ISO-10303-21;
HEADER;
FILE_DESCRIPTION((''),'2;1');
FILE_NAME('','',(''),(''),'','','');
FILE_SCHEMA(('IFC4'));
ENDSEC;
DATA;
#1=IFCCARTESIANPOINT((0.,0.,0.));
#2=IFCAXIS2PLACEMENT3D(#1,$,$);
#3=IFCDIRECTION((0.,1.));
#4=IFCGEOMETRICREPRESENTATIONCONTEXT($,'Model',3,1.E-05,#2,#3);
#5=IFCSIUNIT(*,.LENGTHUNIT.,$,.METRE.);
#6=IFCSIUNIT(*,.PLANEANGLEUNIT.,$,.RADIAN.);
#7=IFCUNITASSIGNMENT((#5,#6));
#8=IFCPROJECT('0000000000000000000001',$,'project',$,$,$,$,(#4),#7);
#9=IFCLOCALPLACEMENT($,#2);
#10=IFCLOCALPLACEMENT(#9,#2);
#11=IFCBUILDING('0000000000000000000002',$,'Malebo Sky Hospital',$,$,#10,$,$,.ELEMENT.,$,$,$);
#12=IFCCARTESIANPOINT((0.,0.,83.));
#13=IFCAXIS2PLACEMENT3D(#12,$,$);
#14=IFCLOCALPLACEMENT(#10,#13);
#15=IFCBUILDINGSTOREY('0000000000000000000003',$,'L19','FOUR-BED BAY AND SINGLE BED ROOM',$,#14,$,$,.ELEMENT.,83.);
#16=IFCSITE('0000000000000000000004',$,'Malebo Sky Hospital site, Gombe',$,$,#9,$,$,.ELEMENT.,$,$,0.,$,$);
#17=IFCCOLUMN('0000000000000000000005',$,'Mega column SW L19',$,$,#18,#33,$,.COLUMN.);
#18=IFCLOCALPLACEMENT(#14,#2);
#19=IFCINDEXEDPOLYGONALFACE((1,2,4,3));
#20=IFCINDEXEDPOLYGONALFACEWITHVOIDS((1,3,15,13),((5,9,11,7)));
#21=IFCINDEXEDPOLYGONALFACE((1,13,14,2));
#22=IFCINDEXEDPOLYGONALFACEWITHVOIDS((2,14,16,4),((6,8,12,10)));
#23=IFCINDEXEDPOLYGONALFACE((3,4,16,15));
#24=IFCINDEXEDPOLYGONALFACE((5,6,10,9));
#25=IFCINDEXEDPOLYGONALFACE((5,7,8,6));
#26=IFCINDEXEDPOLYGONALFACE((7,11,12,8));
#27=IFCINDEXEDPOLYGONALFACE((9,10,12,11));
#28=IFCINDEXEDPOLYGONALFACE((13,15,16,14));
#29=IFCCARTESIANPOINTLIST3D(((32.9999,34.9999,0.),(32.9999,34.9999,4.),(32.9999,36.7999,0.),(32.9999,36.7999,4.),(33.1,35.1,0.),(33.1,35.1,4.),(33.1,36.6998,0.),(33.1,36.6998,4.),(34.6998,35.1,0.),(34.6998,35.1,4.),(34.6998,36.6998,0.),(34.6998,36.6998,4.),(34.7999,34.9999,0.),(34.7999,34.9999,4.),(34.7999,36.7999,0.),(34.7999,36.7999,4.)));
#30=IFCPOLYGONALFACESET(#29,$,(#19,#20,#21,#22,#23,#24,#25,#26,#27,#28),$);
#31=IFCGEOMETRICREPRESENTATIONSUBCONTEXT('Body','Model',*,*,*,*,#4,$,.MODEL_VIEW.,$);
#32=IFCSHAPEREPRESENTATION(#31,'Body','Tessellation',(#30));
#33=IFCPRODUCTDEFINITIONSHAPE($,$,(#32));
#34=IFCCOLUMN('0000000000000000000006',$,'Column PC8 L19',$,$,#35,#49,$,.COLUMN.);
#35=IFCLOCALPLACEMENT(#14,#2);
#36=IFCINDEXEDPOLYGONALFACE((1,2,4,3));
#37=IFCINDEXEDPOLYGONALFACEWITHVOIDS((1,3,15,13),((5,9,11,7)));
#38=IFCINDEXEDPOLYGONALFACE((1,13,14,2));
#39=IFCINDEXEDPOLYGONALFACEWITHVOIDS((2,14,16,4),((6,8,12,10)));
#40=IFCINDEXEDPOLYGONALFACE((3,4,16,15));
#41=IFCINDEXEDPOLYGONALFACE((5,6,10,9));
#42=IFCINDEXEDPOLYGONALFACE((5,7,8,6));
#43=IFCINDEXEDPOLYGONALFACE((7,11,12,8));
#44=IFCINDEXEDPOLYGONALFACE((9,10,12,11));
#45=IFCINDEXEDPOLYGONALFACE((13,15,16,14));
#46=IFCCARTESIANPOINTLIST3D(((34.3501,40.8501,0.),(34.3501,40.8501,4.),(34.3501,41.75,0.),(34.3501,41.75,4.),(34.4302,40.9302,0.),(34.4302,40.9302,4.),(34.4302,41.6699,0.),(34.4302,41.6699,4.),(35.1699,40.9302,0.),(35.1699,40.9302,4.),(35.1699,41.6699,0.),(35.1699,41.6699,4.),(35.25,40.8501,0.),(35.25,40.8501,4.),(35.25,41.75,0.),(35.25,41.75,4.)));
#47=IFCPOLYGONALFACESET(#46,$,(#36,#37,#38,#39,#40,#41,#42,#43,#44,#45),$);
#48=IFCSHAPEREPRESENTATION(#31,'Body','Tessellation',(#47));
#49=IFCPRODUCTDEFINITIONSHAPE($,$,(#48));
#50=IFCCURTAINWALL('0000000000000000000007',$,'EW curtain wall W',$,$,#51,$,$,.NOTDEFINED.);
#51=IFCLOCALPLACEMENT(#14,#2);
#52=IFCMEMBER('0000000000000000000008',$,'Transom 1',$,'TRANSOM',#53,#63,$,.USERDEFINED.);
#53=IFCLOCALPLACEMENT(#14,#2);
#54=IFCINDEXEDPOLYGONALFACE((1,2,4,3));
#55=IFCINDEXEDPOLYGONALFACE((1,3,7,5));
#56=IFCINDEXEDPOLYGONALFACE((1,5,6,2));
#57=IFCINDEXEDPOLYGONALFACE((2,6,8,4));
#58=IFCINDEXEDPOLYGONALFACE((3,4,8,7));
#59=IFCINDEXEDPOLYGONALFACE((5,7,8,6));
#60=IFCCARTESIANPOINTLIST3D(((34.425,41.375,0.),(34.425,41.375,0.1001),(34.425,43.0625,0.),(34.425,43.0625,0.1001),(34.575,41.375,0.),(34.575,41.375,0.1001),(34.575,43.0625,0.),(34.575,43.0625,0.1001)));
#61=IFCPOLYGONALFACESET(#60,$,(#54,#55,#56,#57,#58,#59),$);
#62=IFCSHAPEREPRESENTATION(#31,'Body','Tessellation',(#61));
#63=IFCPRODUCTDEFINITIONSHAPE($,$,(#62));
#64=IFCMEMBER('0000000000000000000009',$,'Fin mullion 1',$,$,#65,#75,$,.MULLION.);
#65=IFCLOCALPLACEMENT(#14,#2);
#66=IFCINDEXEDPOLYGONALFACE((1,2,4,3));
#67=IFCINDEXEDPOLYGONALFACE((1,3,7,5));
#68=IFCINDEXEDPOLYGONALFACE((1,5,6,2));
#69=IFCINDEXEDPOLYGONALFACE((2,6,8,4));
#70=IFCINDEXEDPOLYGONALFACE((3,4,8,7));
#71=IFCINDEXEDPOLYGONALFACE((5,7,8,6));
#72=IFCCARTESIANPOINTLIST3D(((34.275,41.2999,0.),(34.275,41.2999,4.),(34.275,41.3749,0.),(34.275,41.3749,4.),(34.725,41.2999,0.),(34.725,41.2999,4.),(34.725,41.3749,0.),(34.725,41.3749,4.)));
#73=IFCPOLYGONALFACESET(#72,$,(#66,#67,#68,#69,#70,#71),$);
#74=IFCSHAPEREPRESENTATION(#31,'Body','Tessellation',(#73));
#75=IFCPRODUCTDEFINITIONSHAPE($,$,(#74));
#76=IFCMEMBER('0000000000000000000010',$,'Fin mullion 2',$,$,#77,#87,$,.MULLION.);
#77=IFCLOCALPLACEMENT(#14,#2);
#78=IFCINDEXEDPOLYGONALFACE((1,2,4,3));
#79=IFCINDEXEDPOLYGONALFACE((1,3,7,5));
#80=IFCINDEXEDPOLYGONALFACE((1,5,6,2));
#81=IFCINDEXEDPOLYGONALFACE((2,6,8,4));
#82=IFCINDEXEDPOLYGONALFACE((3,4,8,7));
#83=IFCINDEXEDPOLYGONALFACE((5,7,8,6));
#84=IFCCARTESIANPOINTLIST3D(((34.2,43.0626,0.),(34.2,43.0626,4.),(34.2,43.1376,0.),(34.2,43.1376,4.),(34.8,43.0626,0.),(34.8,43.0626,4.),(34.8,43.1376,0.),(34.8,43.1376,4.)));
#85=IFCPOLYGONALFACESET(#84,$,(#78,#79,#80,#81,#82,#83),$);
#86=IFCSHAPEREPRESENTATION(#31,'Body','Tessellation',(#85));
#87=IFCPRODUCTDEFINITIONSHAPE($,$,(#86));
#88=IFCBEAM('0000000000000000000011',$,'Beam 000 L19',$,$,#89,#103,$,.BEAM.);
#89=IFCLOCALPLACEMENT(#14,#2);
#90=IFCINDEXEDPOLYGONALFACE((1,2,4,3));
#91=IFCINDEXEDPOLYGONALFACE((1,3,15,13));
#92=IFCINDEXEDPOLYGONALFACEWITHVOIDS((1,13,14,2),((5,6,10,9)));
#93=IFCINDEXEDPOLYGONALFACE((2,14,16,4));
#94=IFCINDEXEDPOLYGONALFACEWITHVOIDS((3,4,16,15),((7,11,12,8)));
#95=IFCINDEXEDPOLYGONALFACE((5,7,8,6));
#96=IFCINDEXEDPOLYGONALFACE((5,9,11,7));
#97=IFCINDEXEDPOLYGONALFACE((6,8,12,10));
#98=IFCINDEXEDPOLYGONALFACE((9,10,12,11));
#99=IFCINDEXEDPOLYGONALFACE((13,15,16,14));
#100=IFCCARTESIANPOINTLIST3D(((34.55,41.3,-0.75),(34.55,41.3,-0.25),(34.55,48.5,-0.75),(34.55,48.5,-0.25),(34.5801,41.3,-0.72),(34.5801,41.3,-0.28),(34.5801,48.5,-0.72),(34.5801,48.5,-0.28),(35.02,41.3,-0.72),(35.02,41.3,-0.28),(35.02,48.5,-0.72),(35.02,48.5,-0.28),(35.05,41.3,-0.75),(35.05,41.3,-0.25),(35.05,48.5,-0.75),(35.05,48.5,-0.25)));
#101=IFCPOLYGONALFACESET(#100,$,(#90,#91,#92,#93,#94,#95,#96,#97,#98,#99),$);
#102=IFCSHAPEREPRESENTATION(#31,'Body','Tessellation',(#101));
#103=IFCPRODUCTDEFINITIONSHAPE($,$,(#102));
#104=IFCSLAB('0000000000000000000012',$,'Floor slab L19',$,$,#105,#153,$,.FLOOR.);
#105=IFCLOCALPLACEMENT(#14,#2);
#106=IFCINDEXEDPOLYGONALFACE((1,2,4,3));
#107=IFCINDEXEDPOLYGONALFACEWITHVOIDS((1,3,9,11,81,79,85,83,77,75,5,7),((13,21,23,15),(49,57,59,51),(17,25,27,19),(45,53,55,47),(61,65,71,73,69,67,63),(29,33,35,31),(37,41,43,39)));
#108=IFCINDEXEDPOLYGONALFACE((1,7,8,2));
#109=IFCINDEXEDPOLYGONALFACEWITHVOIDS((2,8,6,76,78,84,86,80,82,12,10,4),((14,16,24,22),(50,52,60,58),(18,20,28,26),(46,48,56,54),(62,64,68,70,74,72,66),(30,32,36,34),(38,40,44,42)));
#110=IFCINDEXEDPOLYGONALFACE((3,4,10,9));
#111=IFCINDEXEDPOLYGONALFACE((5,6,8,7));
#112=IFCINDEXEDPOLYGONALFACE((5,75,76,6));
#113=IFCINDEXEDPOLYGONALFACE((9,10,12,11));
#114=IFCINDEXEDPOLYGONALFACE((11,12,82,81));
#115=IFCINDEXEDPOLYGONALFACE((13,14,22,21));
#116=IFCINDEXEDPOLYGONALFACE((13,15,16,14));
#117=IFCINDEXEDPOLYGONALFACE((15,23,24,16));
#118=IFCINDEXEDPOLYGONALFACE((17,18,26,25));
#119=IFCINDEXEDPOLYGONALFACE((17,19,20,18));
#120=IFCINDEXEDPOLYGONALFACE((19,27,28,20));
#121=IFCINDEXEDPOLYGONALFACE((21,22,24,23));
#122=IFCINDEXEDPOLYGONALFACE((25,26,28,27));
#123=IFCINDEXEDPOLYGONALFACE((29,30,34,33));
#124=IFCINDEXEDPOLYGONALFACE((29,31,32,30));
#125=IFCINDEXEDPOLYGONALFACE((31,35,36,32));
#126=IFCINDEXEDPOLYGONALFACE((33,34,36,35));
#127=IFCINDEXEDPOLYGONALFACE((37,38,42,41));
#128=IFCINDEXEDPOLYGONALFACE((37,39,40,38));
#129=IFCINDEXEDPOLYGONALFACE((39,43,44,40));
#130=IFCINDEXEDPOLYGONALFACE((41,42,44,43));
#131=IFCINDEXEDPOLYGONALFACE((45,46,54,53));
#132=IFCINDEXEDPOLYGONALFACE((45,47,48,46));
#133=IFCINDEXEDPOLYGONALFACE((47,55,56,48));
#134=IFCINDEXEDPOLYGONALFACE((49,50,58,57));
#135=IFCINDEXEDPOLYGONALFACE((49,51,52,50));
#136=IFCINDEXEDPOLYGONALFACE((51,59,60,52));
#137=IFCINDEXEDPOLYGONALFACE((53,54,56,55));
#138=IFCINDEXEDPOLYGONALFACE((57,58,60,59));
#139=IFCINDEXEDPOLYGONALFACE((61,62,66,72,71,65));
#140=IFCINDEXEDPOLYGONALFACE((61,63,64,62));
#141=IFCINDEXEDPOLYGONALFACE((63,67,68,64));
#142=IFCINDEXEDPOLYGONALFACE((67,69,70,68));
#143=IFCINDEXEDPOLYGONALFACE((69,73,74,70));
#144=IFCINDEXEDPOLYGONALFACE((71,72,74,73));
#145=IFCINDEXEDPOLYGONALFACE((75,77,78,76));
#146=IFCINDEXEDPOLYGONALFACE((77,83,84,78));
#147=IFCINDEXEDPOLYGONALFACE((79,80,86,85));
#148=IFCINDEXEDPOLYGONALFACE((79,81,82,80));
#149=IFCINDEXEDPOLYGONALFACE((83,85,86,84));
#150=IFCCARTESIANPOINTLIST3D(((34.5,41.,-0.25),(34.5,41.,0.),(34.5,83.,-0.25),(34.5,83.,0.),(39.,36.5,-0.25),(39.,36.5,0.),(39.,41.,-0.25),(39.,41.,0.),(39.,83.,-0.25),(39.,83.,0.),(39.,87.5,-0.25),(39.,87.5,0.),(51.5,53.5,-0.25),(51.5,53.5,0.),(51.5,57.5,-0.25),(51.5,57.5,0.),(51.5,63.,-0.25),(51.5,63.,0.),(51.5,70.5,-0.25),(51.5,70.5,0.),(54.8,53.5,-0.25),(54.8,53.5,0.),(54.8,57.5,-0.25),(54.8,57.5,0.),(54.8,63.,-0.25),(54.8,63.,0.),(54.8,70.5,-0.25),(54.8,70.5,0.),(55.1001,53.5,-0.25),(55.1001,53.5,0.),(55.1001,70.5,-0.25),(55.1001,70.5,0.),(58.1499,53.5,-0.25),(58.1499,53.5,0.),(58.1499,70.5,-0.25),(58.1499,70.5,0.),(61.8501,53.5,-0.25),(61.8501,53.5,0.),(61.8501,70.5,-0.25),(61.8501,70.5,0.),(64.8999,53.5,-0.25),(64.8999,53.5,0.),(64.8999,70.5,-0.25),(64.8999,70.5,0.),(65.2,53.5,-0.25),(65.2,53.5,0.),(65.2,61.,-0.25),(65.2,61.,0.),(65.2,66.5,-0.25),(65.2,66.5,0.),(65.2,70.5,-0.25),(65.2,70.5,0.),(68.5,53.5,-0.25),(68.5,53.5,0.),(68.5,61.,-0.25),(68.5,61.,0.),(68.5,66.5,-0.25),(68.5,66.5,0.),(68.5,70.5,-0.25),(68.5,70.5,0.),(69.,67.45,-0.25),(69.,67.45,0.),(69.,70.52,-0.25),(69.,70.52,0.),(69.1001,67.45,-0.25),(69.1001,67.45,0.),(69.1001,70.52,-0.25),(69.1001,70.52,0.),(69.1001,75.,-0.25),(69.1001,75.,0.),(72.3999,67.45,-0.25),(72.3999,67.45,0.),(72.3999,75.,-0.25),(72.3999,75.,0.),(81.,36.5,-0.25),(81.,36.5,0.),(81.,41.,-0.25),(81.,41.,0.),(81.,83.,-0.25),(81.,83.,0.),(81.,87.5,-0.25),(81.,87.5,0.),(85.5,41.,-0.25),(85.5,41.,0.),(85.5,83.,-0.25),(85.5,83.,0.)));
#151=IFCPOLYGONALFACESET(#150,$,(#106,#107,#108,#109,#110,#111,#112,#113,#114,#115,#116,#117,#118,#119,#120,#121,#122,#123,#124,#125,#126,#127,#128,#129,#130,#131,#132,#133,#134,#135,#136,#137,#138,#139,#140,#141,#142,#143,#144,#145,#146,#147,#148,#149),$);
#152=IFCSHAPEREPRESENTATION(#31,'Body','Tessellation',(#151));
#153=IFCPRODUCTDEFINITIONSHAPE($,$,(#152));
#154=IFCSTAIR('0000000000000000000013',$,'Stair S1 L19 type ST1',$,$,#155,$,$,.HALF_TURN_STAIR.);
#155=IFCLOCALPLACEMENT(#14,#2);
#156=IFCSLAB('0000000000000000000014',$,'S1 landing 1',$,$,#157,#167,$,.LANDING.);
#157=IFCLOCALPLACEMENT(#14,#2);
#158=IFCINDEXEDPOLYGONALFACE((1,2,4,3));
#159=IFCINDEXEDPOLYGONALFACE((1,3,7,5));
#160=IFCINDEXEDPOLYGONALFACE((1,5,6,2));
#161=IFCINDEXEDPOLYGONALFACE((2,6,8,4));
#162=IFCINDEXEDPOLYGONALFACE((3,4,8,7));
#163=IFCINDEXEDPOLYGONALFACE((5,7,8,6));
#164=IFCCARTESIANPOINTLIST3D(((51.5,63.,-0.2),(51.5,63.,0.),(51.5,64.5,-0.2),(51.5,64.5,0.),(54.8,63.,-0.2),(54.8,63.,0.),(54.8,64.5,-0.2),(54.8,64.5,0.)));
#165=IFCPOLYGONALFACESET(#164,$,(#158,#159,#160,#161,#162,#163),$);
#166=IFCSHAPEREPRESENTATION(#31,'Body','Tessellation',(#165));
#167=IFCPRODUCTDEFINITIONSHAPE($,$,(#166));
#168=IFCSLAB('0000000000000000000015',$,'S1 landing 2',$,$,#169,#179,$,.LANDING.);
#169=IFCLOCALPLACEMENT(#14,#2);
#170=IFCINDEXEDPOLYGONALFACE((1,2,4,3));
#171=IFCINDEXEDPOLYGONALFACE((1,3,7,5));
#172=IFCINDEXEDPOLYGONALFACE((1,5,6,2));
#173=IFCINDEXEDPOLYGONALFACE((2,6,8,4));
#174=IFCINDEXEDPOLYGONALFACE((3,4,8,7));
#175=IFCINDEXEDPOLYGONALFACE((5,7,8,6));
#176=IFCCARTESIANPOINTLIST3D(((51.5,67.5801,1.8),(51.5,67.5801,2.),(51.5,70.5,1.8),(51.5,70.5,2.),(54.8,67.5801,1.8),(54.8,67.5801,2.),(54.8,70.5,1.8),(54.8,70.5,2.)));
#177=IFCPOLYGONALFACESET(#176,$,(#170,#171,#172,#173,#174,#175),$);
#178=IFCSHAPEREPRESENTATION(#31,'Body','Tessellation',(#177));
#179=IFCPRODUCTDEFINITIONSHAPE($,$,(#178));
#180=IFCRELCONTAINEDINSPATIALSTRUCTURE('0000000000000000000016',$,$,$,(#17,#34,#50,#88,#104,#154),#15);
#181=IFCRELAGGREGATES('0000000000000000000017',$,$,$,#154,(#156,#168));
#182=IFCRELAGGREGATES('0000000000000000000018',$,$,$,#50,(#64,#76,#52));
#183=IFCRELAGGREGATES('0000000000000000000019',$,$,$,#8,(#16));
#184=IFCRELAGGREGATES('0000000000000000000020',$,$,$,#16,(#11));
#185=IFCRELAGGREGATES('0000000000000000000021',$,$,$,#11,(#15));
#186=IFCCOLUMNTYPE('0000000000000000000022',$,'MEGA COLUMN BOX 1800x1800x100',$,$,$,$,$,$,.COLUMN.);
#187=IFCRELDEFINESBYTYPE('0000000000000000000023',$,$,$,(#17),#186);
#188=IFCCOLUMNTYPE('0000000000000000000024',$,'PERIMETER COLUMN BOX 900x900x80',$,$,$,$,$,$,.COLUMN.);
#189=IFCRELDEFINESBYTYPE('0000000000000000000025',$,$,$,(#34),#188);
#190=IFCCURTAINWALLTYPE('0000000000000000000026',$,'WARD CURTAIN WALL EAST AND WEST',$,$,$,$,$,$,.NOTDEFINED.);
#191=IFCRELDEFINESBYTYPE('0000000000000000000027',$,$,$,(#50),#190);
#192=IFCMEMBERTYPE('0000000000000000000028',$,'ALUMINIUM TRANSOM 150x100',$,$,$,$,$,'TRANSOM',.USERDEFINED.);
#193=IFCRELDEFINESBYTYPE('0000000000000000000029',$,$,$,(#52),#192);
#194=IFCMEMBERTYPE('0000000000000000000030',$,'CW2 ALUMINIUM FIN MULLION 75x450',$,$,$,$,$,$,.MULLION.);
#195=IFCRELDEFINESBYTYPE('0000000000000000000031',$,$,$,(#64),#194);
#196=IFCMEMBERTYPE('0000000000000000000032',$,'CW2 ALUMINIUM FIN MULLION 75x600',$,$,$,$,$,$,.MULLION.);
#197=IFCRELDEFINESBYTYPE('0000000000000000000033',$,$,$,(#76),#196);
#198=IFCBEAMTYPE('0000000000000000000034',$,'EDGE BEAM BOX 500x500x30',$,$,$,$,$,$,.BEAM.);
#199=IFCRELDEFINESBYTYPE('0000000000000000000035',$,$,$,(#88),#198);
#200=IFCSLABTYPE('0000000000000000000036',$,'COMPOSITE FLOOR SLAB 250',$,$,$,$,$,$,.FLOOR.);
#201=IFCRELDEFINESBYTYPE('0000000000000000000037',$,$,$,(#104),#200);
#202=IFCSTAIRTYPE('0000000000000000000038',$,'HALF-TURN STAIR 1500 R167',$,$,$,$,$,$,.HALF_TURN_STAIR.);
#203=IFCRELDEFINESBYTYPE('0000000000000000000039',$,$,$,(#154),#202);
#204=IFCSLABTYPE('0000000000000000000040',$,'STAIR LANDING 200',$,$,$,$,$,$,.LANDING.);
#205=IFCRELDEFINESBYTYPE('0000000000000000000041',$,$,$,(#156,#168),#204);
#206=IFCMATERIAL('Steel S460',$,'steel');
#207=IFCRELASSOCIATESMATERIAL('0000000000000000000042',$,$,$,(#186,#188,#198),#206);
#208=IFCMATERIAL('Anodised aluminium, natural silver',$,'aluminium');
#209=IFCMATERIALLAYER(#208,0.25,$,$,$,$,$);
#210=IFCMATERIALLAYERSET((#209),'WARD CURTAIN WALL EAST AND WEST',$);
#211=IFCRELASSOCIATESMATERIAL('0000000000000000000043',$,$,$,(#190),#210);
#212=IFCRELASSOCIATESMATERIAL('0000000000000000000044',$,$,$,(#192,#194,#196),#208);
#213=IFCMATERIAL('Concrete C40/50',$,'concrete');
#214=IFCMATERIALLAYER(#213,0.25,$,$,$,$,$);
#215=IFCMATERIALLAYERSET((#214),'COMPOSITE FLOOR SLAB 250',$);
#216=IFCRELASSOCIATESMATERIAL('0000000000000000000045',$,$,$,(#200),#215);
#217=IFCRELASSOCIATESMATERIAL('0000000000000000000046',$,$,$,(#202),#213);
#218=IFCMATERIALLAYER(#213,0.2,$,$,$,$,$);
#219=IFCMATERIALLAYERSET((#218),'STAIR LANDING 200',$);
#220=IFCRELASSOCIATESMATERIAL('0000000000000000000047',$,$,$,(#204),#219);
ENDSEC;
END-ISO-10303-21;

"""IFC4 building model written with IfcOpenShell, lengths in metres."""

from ifc_helpers import new_model, si_unit, direction, frame, origin, origin_2d, place, context, subcontext, project, spatial, polyline, rectangle, hollow_rectangle, outline, extrude, material, layer, layer_set, material_profile, profile_set, type_object, element, aggregate, save


model = new_model("IFC4")

# Units and contexts
model_context = context("Model", 3, precision=1e-05, world=origin(), true_north=direction((0.0, 1.0)))
body_context = subcontext(model_context, "Body", "Model", "MODEL_VIEW")
ifc_project = project(units=[si_unit("LENGTHUNIT", "METRE"), si_unit("PLANEANGLEUNIT", "RADIAN")], contexts=[model_context])

# Site, building, storey
site_placement = place(None, origin())
site = spatial("IfcSite", under=ifc_project, at=site_placement, Name="Malebo Sky Hospital site, Gombe", CompositionType="ELEMENT", RefElevation=0.0)
building_placement = place(site_placement, origin())
building = spatial("IfcBuilding", under=site, at=building_placement, Name="Malebo Sky Hospital", CompositionType="ELEMENT")
storey_placement = place(building_placement, frame((0.0, 0.0, 83.0)))
storey = spatial("IfcBuildingStorey", under=building, at=storey_placement, Name="L19", Description="FOUR-BED BAY AND SINGLE BED ROOM", CompositionType="ELEMENT", Elevation=83.0)

# Columns
ifc_material_1 = material(Name="Steel S460", Category="steel")
ifc_material_profile_1 = material_profile(ifc_material_1, hollow_rectangle(XDim=1.8, YDim=1.8, WallThickness=0.1001, at=origin_2d()), Name="BOX 1800x1800x100")
ifc_profile_set_1 = profile_set([ifc_material_profile_1], Name="Steel S460")
column_type_1 = type_object("IfcColumnType", Name="MEGA COLUMN BOX 1800x1800x100", PredefinedType="COLUMN", material=ifc_profile_set_1)
column_1_placement = place(storey_placement, frame((33.8999, 35.8999, 0.0), z_axis=(0.0, 0.0, 1.0), x_axis=(1.0, 0.0, 0.0)))
element("IfcColumn", 1, at=column_1_placement, inside=storey, type_object=column_type_1, Name="Mega column SW L19", PredefinedType="COLUMN", context=body_context, shape_type="SweptSolid", body=[
    extrude(hollow_rectangle(XDim=1.8, YDim=1.8, WallThickness=0.1001, at=origin_2d()), origin(), (0.0, 0.0, 1.0), 4.0),
])
ifc_material_profile_2 = material_profile(ifc_material_1, hollow_rectangle(XDim=0.8999, YDim=0.8999, WallThickness=0.0801, at=origin_2d()), Name="BOX 900x900x80")
ifc_profile_set_2 = profile_set([ifc_material_profile_2], Name="Steel S460")
column_type_2 = type_object("IfcColumnType", Name="PERIMETER COLUMN BOX 900x900x80", PredefinedType="COLUMN", material=ifc_profile_set_2)
column_2_placement = place(storey_placement, frame((34.8, 41.3, 0.0), z_axis=(0.0, 0.0, 1.0), x_axis=(1.0, 0.0, 0.0)))
element("IfcColumn", 2, at=column_2_placement, inside=storey, type_object=column_type_2, Name="Column PC8 L19", PredefinedType="COLUMN", context=body_context, shape_type="SweptSolid", body=[
    extrude(hollow_rectangle(XDim=0.8999, YDim=0.8999, WallThickness=0.0801, at=origin_2d()), origin(), (0.0, 0.0, 1.0), 4.0),
])

# Curtain wall, members
ifc_material_2 = material(Name="Anodised aluminium, natural silver", Category="aluminium")
ifc_layer_1 = layer(ifc_material_2, 0.25)
ifc_layer_set_1 = layer_set([ifc_layer_1], Name="WARD CURTAIN WALL EAST AND WEST")
curtain_wall_type = type_object("IfcCurtainWallType", Name="WARD CURTAIN WALL EAST AND WEST", PredefinedType="NOTDEFINED", material=ifc_layer_set_1)
curtain_wall_placement = place(storey_placement, origin())
curtain_wall = element("IfcCurtainWall", 3, at=curtain_wall_placement, inside=storey, type_object=curtain_wall_type, Name="EW curtain wall W", PredefinedType="NOTDEFINED")
ifc_material_profile_3 = material_profile(ifc_material_2, rectangle(XDim=0.1499, YDim=0.1001, at=origin_2d()), Name="ALUMINIUM TRANSOM 150x100")
ifc_profile_set_3 = profile_set([ifc_material_profile_3], Name="Anodised aluminium, natural silver")
member_type_1 = type_object("IfcMemberType", Name="ALUMINIUM TRANSOM 150x100", ElementType="TRANSOM", PredefinedType="USERDEFINED", material=ifc_profile_set_3)
member_1_placement = place(storey_placement, frame((34.5, 41.375, 0.05), z_axis=(0.0, 1.0, 0.0), x_axis=(-1.0, 0.0, 0.0)))
member_1 = element("IfcMember", 4, at=member_1_placement, type_object=member_type_1, Name="Transom 1", ObjectType="TRANSOM", PredefinedType="USERDEFINED", context=body_context, shape_type="SweptSolid", body=[
    extrude(rectangle(XDim=0.1499, YDim=0.1001, at=origin_2d()), origin(), (0.0, 0.0, 1.0), 1.6875),
])
ifc_material_profile_4 = material_profile(ifc_material_2, rectangle(XDim=0.075, YDim=0.45, at=origin_2d()), Name="CW2 ALUMINIUM FIN MULLION 75x450")
ifc_profile_set_4 = profile_set([ifc_material_profile_4], Name="Anodised aluminium, natural silver")
member_type_2 = type_object("IfcMemberType", Name="CW2 ALUMINIUM FIN MULLION 75x450", PredefinedType="MULLION", material=ifc_profile_set_4)
member_2_placement = place(storey_placement, frame((34.5, 41.3374, 0.0), z_axis=(0.0, 0.0, 1.0), x_axis=(0.0, 1.0, 0.0)))
member_2 = element("IfcMember", 5, at=member_2_placement, type_object=member_type_2, Name="Fin mullion 1", PredefinedType="MULLION", context=body_context, shape_type="SweptSolid", body=[
    extrude(rectangle(XDim=0.075, YDim=0.45, at=origin_2d()), origin(), (0.0, 0.0, 1.0), 4.0),
])
ifc_material_profile_5 = material_profile(ifc_material_2, rectangle(XDim=0.075, YDim=0.6001, at=origin_2d()), Name="CW2 ALUMINIUM FIN MULLION 75x600")
ifc_profile_set_5 = profile_set([ifc_material_profile_5], Name="Anodised aluminium, natural silver")
member_type_3 = type_object("IfcMemberType", Name="CW2 ALUMINIUM FIN MULLION 75x600", PredefinedType="MULLION", material=ifc_profile_set_5)
member_3_placement = place(storey_placement, frame((34.5, 43.1001, 0.0), z_axis=(0.0, 0.0, 1.0), x_axis=(0.0, 1.0, 0.0)))
member_3 = element("IfcMember", 6, at=member_3_placement, type_object=member_type_3, Name="Fin mullion 2", PredefinedType="MULLION", context=body_context, shape_type="SweptSolid", body=[
    extrude(rectangle(XDim=0.075, YDim=0.6001, at=origin_2d()), origin(), (0.0, 0.0, 1.0), 4.0),
])

# Beam
ifc_material_profile_6 = material_profile(ifc_material_1, hollow_rectangle(XDim=0.5, YDim=0.5, WallThickness=0.03, at=origin_2d()), Name="BOX 500x500x30")
ifc_profile_set_6 = profile_set([ifc_material_profile_6], Name="Steel S460")
beam_type = type_object("IfcBeamType", Name="EDGE BEAM BOX 500x500x30", PredefinedType="BEAM", material=ifc_profile_set_6)
beam_placement = place(storey_placement, frame((34.8, 41.3, -0.5), z_axis=(0.0, 1.0, 0.0), x_axis=(-1.0, 0.0, 0.0)))
element("IfcBeam", 7, at=beam_placement, inside=storey, type_object=beam_type, Name="Beam 000 L19", PredefinedType="BEAM", context=body_context, shape_type="SweptSolid", body=[
    extrude(hollow_rectangle(XDim=0.5, YDim=0.5, WallThickness=0.03, at=origin_2d()), origin(), (0.0, 0.0, 1.0), 7.2),
])

# Slab
ifc_material_3 = material(Name="Concrete C40/50", Category="concrete")
ifc_layer_2 = layer(ifc_material_3, 0.25)
ifc_layer_set_2 = layer_set([ifc_layer_2], Name="COMPOSITE FLOOR SLAB 250")
slab_type_1 = type_object("IfcSlabType", Name="COMPOSITE FLOOR SLAB 250", PredefinedType="FLOOR", material=ifc_layer_set_2)
slab_1_placement = place(storey_placement, frame((0.0, 0.0, -0.25)))
element("IfcSlab", 8, at=slab_1_placement, inside=storey, type_object=slab_type_1, Name="Floor slab L19", PredefinedType="FLOOR", context=body_context, shape_type="SweptSolid", body=[
    extrude(outline(polyline([(39.0, 87.5), (39.0, 83.0), (34.5, 83.0), (34.5, 41.0), (39.0, 41.0), (39.0, 36.5), (81.0, 36.5), (81.0, 41.0), (85.5, 41.0), (85.5, 83.0), (81.0, 83.0), (81.0, 87.5), (39.0, 87.5)]), holes=[polyline([(55.1001, 70.5), (58.1499, 70.5), (58.1499, 53.5), (55.1001, 53.5), (55.1001, 70.5)]), polyline([(64.8999, 70.5), (64.8999, 53.5), (61.8501, 53.5), (61.8501, 70.5), (64.8999, 70.5)]), polyline([(54.8, 63.0), (51.5, 63.0), (51.5, 70.5), (54.8, 70.5), (54.8, 63.0)]), polyline([(51.5, 53.5), (51.5, 57.5), (54.8, 57.5), (54.8, 53.5), (51.5, 53.5)]), polyline([(65.2, 61.0), (68.5, 61.0), (68.5, 53.5), (65.2, 53.5), (65.2, 61.0)]), polyline([(68.5, 70.5), (68.5, 66.5), (65.2, 66.5), (65.2, 70.5), (68.5, 70.5)]), polyline([(69.0, 67.45), (69.0, 70.52), (69.1001, 70.52), (69.1001, 75.0), (72.3999, 75.0), (72.3999, 67.45), (69.1001, 67.45), (69.0, 67.45)])]), origin(), (0.0, 0.0, 1.0), 0.25),
])

# Stair, slabs
stair_type_1 = type_object("IfcStairType", Name="HALF-TURN STAIR 1500 R167", PredefinedType="HALF_TURN_STAIR", material=ifc_material_3)
stair_1_placement = place(storey_placement, origin())
stair_1 = element("IfcStair", 9, at=stair_1_placement, inside=storey, type_object=stair_type_1, Name="Stair S1 L19 type ST1", PredefinedType="HALF_TURN_STAIR")
ifc_layer_3 = layer(ifc_material_3, 0.2)
ifc_layer_set_3 = layer_set([ifc_layer_3], Name="STAIR LANDING 200")
slab_type_2 = type_object("IfcSlabType", Name="STAIR LANDING 200", PredefinedType="LANDING", material=ifc_layer_set_3)
slab_2_placement = place(storey_placement, frame((0.0, 0.0, -0.2)))
slab_2 = element("IfcSlab", 10, at=slab_2_placement, type_object=slab_type_2, Name="S1 landing 1", PredefinedType="LANDING", context=body_context, shape_type="SweptSolid", body=[
    extrude(outline(polyline([(51.5, 63.0), (54.8, 63.0), (54.8, 64.5), (51.5, 64.5), (51.5, 63.0)])), origin(), (0.0, 0.0, 1.0), 0.2),
])
slab_3_placement = place(storey_placement, frame((0.0, 0.0, 1.8)))
slab_3 = element("IfcSlab", 11, at=slab_3_placement, type_object=slab_type_2, Name="S1 landing 2", PredefinedType="LANDING", context=body_context, shape_type="SweptSolid", body=[
    extrude(outline(polyline([(51.5, 67.5801), (54.8, 67.5801), (54.8, 70.5), (51.5, 70.5), (51.5, 67.5801)])), origin(), (0.0, 0.0, 1.0), 0.2),
])
aggregate(stair_1, [slab_2, slab_3])

aggregate(curtain_wall, [member_2, member_3, member_1])

save(model, "model.ifc")
